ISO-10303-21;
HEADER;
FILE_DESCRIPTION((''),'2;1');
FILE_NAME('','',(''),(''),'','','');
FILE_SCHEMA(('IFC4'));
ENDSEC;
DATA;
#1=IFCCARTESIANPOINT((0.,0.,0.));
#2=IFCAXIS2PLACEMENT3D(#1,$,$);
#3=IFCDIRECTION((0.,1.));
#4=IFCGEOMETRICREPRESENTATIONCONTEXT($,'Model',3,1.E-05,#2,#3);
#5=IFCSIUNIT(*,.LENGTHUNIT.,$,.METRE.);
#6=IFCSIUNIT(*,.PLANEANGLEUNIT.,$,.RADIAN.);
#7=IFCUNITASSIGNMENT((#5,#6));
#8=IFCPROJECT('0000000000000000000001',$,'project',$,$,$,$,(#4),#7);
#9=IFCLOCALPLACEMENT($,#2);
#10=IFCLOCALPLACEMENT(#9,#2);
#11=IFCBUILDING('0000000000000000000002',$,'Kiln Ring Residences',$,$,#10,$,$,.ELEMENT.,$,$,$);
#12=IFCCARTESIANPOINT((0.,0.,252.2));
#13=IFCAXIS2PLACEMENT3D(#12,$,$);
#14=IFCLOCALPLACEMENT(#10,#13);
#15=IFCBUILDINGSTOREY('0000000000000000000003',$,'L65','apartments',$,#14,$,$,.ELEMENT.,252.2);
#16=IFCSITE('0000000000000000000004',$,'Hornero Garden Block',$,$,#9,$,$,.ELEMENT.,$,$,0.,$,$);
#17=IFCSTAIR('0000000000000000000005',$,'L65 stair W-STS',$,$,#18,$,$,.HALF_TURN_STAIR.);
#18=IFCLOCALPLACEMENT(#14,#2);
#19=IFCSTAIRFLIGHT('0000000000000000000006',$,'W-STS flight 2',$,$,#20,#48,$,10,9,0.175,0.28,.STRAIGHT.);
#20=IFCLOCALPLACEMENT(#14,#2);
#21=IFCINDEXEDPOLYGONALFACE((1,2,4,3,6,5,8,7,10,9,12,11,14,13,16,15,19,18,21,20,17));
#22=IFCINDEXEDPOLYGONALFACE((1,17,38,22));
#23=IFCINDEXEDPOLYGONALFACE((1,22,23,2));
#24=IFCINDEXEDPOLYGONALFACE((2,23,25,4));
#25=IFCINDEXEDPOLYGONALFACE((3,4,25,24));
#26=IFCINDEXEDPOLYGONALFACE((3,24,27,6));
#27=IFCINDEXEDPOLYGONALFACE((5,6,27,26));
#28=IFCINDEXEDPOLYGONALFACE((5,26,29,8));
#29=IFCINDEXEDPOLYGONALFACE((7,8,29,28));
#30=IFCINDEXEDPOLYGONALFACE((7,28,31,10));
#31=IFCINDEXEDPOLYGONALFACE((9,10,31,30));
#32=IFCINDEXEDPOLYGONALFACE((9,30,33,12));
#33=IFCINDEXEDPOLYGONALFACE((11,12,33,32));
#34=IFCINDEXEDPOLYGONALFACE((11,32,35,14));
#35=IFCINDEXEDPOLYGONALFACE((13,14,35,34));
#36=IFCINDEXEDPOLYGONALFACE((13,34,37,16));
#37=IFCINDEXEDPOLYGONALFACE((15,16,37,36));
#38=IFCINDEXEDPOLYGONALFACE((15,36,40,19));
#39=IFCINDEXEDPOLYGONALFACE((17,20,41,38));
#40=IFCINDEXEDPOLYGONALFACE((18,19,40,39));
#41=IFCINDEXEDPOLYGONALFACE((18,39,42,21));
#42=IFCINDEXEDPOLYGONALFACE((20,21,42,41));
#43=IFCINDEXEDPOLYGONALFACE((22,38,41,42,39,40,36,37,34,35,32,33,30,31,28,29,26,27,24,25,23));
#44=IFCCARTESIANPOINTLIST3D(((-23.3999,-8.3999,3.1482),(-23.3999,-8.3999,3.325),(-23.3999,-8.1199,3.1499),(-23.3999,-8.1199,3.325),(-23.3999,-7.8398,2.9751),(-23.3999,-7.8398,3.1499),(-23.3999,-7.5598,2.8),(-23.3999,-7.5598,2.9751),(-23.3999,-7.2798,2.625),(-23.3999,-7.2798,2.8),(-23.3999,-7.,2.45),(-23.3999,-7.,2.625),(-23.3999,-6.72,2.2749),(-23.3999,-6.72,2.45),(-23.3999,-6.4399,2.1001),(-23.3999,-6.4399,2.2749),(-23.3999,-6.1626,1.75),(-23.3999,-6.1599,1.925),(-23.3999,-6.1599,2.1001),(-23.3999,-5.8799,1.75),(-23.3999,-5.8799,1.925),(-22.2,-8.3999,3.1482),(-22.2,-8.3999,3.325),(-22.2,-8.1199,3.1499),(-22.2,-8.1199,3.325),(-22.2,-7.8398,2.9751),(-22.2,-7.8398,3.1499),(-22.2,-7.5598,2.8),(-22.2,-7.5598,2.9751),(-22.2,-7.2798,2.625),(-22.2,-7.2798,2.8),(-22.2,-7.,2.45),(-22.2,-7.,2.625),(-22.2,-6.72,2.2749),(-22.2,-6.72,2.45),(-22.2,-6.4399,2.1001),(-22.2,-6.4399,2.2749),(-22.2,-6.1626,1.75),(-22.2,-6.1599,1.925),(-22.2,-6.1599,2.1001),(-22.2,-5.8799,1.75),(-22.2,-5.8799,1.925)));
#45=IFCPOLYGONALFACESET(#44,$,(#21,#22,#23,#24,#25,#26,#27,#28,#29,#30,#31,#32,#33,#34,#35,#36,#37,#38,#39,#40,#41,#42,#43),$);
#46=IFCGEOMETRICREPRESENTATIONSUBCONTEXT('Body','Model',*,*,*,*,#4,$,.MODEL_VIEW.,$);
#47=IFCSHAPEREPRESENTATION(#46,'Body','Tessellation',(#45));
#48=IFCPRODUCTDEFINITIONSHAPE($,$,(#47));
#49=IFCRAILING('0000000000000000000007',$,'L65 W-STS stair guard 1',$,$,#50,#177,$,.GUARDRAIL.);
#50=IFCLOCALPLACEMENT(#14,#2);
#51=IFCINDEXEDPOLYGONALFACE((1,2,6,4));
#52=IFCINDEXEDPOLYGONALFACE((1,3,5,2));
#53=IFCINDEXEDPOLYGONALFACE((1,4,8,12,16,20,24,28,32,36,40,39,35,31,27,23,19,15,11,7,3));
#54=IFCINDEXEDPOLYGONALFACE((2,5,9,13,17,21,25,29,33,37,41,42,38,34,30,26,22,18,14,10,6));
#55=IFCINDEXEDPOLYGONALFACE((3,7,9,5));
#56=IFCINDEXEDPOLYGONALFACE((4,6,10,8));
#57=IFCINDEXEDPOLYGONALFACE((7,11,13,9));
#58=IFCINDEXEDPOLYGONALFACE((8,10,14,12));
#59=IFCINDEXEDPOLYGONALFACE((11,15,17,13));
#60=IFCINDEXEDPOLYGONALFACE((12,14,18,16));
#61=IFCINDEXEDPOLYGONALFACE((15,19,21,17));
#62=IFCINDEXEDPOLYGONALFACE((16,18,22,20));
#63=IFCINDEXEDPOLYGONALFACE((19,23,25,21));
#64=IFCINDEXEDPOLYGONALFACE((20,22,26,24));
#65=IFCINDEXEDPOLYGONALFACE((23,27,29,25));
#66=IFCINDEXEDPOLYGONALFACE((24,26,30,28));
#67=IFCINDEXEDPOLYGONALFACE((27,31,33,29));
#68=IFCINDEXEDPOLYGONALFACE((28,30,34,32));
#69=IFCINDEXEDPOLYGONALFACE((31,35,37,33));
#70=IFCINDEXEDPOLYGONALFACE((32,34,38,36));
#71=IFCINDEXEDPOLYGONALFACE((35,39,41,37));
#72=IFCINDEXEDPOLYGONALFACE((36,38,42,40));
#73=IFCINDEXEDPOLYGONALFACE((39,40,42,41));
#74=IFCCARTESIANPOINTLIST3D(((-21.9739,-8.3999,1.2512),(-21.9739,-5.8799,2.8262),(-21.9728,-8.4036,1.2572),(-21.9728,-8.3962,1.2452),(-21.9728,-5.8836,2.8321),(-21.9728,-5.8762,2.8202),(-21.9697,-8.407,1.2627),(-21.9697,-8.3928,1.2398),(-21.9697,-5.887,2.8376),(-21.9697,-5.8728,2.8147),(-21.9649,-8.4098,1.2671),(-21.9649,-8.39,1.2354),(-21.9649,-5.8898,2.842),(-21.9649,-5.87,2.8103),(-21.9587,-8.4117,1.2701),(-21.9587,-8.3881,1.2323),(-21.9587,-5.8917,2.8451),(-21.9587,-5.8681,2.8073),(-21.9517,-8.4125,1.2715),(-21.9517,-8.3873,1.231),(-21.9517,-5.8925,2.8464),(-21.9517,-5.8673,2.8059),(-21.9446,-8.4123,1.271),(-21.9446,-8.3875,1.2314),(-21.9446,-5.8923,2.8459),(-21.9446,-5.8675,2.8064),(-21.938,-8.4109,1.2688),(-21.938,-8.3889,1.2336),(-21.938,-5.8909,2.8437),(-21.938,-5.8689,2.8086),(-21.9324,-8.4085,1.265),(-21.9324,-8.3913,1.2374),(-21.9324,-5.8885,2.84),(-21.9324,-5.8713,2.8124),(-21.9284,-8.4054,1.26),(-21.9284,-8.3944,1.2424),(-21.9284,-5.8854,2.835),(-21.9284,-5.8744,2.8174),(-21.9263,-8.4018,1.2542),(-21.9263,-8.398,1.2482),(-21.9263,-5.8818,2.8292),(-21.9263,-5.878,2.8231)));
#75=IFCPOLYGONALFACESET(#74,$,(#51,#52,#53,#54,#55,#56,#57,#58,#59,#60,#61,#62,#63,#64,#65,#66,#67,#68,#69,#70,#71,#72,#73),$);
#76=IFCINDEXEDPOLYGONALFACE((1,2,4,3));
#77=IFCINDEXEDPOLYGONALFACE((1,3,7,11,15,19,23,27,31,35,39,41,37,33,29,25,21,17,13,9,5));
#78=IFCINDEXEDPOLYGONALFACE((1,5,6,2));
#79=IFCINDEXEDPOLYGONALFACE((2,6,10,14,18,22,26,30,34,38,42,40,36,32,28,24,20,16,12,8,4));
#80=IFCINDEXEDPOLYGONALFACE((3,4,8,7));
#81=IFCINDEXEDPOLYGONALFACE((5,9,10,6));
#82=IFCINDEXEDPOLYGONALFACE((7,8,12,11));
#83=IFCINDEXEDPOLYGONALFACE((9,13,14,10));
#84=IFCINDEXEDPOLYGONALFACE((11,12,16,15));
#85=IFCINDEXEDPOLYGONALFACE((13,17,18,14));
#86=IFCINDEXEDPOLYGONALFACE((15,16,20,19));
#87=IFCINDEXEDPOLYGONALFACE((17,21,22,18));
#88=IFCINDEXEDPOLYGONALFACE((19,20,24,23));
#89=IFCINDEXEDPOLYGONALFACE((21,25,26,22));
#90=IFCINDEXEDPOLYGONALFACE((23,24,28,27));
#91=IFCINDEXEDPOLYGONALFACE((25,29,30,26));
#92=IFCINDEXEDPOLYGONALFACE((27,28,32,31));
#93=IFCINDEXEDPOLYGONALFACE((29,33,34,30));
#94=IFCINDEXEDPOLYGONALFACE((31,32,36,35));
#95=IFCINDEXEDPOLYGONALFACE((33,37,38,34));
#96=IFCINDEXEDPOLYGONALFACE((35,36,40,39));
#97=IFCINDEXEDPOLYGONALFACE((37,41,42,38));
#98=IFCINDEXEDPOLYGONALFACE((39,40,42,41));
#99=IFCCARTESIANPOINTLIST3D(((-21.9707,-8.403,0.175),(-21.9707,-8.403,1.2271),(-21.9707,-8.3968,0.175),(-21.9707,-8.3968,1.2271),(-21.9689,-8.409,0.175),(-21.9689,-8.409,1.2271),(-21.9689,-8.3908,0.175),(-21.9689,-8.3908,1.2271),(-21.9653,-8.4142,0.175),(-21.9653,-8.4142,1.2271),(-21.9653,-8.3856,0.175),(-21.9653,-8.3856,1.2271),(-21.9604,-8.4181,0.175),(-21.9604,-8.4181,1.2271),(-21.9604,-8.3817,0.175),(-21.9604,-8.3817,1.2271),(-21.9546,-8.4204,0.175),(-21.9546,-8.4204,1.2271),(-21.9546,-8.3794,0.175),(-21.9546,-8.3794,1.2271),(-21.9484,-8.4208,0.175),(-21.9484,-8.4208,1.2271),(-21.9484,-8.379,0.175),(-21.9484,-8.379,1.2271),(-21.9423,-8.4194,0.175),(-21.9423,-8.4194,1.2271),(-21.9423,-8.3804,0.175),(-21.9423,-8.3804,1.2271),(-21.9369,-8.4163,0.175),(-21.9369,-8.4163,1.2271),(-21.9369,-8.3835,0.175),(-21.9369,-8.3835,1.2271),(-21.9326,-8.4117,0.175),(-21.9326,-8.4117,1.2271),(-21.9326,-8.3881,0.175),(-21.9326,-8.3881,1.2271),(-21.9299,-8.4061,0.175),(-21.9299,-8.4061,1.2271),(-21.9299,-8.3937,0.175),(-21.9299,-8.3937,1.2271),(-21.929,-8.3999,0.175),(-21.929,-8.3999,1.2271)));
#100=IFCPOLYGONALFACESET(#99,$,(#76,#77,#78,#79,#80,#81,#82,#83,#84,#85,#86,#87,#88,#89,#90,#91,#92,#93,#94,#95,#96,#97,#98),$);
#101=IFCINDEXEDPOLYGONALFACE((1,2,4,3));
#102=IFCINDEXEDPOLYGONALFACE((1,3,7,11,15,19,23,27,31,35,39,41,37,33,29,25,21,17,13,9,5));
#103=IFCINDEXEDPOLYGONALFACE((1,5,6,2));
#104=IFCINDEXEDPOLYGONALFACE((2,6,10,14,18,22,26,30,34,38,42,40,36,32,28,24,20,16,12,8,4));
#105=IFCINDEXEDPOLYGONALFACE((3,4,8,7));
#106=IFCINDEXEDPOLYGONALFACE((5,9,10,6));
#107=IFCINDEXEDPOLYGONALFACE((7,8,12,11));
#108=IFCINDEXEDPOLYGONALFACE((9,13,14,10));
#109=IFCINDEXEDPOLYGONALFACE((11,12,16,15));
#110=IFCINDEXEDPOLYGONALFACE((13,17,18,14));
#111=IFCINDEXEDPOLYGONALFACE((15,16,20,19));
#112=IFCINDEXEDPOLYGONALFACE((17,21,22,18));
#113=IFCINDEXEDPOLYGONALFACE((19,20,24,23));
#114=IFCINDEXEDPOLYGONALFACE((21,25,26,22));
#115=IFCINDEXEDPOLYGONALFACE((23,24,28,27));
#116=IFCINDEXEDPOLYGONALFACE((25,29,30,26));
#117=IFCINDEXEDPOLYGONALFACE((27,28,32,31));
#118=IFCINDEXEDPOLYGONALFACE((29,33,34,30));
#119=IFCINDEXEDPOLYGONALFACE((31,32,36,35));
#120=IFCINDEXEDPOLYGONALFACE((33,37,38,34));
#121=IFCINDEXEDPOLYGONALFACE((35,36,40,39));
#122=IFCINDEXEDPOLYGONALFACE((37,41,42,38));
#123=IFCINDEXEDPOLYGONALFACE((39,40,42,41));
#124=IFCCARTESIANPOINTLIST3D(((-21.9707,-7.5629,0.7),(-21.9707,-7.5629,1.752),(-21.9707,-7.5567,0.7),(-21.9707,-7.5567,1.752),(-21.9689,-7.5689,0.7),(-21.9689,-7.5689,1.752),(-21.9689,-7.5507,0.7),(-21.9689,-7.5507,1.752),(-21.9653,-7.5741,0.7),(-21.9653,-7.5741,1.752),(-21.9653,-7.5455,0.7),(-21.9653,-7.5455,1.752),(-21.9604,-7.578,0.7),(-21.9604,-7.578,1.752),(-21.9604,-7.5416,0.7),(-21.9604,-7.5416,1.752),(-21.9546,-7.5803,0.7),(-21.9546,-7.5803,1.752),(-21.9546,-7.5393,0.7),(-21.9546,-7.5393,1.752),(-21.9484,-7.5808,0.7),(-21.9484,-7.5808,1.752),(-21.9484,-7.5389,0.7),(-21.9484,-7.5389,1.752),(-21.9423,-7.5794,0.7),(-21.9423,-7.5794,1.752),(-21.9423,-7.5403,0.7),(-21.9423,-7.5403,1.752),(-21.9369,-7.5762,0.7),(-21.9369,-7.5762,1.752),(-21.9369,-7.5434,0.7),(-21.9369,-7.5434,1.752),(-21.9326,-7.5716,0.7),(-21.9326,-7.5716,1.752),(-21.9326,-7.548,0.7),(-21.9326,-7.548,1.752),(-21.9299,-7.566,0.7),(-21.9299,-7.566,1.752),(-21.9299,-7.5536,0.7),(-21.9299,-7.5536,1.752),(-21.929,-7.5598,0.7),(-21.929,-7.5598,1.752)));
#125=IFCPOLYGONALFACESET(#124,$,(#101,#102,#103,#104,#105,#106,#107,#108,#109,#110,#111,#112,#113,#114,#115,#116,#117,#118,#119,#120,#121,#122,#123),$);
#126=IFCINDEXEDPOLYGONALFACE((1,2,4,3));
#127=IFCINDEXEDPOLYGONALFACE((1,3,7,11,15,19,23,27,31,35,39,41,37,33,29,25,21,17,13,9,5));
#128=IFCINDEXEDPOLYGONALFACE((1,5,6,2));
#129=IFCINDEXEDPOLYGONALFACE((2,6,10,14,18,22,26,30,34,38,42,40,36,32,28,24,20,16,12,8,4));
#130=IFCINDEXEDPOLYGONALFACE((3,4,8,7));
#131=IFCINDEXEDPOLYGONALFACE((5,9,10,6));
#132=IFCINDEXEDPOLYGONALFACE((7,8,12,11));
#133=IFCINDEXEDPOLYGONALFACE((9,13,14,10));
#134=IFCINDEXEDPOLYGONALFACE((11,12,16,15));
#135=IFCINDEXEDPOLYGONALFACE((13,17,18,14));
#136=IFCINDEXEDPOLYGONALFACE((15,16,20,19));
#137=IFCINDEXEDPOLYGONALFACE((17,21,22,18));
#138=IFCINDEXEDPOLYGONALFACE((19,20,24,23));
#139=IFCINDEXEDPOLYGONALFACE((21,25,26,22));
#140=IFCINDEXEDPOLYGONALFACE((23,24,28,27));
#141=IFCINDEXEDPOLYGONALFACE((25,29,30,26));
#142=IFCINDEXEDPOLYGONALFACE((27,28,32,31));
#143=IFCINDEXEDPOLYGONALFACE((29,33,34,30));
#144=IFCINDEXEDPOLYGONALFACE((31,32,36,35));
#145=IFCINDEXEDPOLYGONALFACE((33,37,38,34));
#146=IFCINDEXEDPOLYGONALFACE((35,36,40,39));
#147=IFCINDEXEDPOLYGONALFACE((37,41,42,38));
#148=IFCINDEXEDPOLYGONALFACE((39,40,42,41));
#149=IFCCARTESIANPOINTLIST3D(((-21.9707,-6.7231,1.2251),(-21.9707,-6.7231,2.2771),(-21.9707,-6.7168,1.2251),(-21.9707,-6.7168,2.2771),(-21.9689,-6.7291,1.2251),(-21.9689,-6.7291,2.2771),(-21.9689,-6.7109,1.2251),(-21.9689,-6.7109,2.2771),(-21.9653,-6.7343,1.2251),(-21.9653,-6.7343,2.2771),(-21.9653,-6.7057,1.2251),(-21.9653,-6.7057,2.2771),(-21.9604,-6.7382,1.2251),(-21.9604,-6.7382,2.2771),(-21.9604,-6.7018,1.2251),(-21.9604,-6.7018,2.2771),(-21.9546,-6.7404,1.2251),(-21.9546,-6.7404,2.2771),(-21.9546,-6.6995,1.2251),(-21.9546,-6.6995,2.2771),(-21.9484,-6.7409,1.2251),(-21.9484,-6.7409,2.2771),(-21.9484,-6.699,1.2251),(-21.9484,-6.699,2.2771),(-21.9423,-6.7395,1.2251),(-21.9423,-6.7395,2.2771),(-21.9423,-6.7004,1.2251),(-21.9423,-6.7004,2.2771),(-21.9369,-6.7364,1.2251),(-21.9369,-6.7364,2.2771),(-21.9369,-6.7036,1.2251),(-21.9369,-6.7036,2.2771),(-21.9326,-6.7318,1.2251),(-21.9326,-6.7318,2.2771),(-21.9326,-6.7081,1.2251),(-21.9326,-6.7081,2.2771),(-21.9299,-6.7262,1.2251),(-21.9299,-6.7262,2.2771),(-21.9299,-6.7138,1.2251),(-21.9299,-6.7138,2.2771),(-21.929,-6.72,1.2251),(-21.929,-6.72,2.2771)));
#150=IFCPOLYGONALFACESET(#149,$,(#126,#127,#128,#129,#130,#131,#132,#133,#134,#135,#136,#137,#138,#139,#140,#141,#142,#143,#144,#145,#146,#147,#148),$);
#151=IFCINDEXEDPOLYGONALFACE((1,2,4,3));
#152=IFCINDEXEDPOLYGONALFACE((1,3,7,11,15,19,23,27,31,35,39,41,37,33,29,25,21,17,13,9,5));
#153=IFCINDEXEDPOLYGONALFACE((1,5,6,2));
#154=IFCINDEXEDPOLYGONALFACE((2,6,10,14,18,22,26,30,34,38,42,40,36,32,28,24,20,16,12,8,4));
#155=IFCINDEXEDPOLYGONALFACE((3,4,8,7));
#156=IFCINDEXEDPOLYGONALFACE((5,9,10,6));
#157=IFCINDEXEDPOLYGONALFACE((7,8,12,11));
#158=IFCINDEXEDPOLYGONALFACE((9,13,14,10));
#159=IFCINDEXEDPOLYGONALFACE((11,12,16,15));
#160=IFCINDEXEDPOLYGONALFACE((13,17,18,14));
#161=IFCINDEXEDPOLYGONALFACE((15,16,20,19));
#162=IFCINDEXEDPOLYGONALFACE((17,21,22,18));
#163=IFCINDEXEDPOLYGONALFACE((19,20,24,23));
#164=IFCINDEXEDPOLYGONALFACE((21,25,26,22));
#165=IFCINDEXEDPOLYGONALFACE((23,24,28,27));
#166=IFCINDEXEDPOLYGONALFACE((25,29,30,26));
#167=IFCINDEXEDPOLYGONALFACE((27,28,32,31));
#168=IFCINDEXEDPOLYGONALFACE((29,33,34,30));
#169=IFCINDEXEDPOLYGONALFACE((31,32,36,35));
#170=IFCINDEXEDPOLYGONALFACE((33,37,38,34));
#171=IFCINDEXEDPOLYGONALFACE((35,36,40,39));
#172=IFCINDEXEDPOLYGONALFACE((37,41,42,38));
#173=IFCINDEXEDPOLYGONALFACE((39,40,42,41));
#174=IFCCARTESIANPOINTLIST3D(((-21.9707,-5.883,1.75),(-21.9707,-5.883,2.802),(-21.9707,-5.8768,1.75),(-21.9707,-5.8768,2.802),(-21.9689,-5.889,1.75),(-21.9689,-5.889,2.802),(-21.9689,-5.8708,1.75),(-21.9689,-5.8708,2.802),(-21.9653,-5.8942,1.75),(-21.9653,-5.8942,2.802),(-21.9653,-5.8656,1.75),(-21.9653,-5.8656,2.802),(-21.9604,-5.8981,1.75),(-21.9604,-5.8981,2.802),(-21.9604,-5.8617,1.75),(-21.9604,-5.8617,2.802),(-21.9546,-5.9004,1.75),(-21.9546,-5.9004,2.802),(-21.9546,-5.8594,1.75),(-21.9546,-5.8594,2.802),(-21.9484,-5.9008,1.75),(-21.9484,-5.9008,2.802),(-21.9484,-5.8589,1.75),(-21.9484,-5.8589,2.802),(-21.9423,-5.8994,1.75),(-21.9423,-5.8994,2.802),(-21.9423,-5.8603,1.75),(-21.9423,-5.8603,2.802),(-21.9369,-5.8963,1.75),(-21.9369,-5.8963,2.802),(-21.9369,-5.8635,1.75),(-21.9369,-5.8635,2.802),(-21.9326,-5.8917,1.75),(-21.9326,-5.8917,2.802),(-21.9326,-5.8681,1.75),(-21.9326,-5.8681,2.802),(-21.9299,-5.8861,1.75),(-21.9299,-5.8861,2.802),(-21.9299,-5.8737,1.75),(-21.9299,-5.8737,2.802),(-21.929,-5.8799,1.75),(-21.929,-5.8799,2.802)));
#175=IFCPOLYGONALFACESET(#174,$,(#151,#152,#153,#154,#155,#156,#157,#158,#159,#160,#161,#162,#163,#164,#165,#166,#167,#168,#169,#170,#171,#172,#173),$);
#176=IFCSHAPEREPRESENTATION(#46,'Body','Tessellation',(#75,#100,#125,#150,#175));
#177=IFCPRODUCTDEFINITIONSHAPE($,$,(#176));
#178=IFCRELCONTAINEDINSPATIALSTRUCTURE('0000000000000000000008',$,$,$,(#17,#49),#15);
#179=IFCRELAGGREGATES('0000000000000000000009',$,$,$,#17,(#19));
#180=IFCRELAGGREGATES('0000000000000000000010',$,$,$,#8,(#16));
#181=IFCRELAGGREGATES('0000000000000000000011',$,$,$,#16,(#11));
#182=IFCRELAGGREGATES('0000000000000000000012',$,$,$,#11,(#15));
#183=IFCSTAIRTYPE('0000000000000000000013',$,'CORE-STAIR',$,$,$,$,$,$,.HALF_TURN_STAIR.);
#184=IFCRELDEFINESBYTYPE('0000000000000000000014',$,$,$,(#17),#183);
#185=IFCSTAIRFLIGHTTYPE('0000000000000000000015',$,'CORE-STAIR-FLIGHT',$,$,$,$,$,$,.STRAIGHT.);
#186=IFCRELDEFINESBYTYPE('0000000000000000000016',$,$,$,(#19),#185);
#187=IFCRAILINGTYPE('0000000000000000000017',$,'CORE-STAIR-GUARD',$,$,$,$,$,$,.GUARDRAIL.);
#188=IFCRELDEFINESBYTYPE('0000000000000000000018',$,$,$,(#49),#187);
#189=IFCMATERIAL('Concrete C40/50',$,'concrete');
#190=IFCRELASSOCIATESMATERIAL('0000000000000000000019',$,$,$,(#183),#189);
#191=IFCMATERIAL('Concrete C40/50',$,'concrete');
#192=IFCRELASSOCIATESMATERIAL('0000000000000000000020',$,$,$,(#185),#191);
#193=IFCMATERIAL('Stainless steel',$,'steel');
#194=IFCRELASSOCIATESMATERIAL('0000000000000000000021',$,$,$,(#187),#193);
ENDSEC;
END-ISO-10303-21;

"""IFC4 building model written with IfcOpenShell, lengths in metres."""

from ifc_helpers import new_model, si_unit, direction, frame, origin, origin_2d, place, context, subcontext, project, spatial, polyline, circle, outline, extrude, material, type_object, element, aggregate, save


model = new_model("IFC4")

# Units and contexts
model_context = context("Model", 3, precision=1e-05, world=origin(), true_north=direction((0.0, 1.0)))
body_context = subcontext(model_context, "Body", "Model", "MODEL_VIEW")
ifc_project = project(units=[si_unit("LENGTHUNIT", "METRE"), si_unit("PLANEANGLEUNIT", "RADIAN")], contexts=[model_context])

# Site, building, storey
site_placement = place(None, origin())
site = spatial("IfcSite", under=ifc_project, at=site_placement, Name="Hornero Garden Block", CompositionType="ELEMENT", RefElevation=0.0)
building_placement = place(site_placement, origin())
building = spatial("IfcBuilding", under=site, at=building_placement, Name="Kiln Ring Residences", CompositionType="ELEMENT")
storey_placement = place(building_placement, frame((0.0, 0.0, 252.2)))
storey = spatial("IfcBuildingStorey", under=building, at=storey_placement, Name="L65", Description="apartments", CompositionType="ELEMENT", Elevation=252.2)

# Stair, stair flight
ifc_material_1 = material(Name="Concrete C40/50", Category="concrete")
stair_type = type_object("IfcStairType", Name="CORE-STAIR", PredefinedType="HALF_TURN_STAIR", material=ifc_material_1)
stair_placement = place(storey_placement, origin())
stair = element("IfcStair", 1, at=stair_placement, inside=storey, type_object=stair_type, Name="L65 stair W-STS", PredefinedType="HALF_TURN_STAIR")
ifc_material_2 = material(Name="Concrete C40/50", Category="concrete")
stair_flight_type = type_object("IfcStairFlightType", Name="CORE-STAIR-FLIGHT", PredefinedType="STRAIGHT", material=ifc_material_2)
stair_flight_1_placement = place(storey_placement, frame((-22.8, -5.8799, 1.75), z_axis=(0.0, 0.0, 1.0), x_axis=(0.0, -1.0, 0.0)))
stair_flight_1 = element("IfcStairFlight", 2, at=stair_flight_1_placement, type_object=stair_flight_type, Name="W-STS flight 2", NumberOfRisers=10, NumberOfTreads=9, PredefinedType="STRAIGHT", RiserHeight=0.175, TreadLength=0.28, context=body_context, shape_type="SweptSolid", body=[
    extrude(outline(polyline([(0.0, 0.0), (0.0, 0.175), (0.28, 0.175), (0.28, 0.3501), (0.5601, 0.3501), (0.5601, 0.5249), (0.8401, 0.5249), (0.8401, 0.7), (1.1201, 0.7), (1.1201, 0.875), (1.3999, 0.875), (1.3999, 1.05), (1.6799, 1.05), (1.6799, 1.2251), (1.96, 1.2251), (1.96, 1.3999), (2.24, 1.3999), (2.24, 1.575), (2.52, 1.575), (2.52, 1.75), (2.52, 1.3982), (0.2827, 0.0), (0.0, 0.0)])), frame((0.0, 0.6001, 0.0), z_axis=(0.0, -1.0, 0.0), x_axis=(1.0, 0.0, 0.0)), (0.0, 0.0, 1.0), 1.2),
])
aggregate(stair, [stair_flight_1])

# Railing
ifc_material_3 = material(Name="Stainless steel", Category="steel")
railing_type_1 = type_object("IfcRailingType", Name="CORE-STAIR-GUARD", PredefinedType="GUARDRAIL", material=ifc_material_3)
railing_1_placement = place(storey_placement, frame((-21.95, -8.3999, 0.175)))
element("IfcRailing", 3, at=railing_1_placement, inside=storey, type_object=railing_type_1, Name="L65 W-STS stair guard 1", PredefinedType="GUARDRAIL", context=body_context, shape_type="SweptSolid", body=[
    extrude(circle(Radius=0.0239, at=origin_2d()), frame((0.0, 0.0, 1.0762), z_axis=(0.0, 0.848008, 0.529984), x_axis=(-1.0, 0.0, 0.0)), (0.0, 0.0, 1.0), 2.9717),
    extrude(circle(Radius=0.021, at=origin_2d()), origin(), (0.0, 0.0, 1.0), 1.052),
    extrude(circle(Radius=0.021, at=origin_2d()), frame((0.0, 0.8401, 0.5249)), (0.0, 0.0, 1.0), 1.052),
    extrude(circle(Radius=0.021, at=origin_2d()), frame((0.0, 1.6799, 1.05)), (0.0, 0.0, 1.0), 1.052),
    extrude(circle(Radius=0.021, at=origin_2d()), frame((0.0, 2.52, 1.575)), (0.0, 0.0, 1.0), 1.052),
])

save(model, "model.ifc")
